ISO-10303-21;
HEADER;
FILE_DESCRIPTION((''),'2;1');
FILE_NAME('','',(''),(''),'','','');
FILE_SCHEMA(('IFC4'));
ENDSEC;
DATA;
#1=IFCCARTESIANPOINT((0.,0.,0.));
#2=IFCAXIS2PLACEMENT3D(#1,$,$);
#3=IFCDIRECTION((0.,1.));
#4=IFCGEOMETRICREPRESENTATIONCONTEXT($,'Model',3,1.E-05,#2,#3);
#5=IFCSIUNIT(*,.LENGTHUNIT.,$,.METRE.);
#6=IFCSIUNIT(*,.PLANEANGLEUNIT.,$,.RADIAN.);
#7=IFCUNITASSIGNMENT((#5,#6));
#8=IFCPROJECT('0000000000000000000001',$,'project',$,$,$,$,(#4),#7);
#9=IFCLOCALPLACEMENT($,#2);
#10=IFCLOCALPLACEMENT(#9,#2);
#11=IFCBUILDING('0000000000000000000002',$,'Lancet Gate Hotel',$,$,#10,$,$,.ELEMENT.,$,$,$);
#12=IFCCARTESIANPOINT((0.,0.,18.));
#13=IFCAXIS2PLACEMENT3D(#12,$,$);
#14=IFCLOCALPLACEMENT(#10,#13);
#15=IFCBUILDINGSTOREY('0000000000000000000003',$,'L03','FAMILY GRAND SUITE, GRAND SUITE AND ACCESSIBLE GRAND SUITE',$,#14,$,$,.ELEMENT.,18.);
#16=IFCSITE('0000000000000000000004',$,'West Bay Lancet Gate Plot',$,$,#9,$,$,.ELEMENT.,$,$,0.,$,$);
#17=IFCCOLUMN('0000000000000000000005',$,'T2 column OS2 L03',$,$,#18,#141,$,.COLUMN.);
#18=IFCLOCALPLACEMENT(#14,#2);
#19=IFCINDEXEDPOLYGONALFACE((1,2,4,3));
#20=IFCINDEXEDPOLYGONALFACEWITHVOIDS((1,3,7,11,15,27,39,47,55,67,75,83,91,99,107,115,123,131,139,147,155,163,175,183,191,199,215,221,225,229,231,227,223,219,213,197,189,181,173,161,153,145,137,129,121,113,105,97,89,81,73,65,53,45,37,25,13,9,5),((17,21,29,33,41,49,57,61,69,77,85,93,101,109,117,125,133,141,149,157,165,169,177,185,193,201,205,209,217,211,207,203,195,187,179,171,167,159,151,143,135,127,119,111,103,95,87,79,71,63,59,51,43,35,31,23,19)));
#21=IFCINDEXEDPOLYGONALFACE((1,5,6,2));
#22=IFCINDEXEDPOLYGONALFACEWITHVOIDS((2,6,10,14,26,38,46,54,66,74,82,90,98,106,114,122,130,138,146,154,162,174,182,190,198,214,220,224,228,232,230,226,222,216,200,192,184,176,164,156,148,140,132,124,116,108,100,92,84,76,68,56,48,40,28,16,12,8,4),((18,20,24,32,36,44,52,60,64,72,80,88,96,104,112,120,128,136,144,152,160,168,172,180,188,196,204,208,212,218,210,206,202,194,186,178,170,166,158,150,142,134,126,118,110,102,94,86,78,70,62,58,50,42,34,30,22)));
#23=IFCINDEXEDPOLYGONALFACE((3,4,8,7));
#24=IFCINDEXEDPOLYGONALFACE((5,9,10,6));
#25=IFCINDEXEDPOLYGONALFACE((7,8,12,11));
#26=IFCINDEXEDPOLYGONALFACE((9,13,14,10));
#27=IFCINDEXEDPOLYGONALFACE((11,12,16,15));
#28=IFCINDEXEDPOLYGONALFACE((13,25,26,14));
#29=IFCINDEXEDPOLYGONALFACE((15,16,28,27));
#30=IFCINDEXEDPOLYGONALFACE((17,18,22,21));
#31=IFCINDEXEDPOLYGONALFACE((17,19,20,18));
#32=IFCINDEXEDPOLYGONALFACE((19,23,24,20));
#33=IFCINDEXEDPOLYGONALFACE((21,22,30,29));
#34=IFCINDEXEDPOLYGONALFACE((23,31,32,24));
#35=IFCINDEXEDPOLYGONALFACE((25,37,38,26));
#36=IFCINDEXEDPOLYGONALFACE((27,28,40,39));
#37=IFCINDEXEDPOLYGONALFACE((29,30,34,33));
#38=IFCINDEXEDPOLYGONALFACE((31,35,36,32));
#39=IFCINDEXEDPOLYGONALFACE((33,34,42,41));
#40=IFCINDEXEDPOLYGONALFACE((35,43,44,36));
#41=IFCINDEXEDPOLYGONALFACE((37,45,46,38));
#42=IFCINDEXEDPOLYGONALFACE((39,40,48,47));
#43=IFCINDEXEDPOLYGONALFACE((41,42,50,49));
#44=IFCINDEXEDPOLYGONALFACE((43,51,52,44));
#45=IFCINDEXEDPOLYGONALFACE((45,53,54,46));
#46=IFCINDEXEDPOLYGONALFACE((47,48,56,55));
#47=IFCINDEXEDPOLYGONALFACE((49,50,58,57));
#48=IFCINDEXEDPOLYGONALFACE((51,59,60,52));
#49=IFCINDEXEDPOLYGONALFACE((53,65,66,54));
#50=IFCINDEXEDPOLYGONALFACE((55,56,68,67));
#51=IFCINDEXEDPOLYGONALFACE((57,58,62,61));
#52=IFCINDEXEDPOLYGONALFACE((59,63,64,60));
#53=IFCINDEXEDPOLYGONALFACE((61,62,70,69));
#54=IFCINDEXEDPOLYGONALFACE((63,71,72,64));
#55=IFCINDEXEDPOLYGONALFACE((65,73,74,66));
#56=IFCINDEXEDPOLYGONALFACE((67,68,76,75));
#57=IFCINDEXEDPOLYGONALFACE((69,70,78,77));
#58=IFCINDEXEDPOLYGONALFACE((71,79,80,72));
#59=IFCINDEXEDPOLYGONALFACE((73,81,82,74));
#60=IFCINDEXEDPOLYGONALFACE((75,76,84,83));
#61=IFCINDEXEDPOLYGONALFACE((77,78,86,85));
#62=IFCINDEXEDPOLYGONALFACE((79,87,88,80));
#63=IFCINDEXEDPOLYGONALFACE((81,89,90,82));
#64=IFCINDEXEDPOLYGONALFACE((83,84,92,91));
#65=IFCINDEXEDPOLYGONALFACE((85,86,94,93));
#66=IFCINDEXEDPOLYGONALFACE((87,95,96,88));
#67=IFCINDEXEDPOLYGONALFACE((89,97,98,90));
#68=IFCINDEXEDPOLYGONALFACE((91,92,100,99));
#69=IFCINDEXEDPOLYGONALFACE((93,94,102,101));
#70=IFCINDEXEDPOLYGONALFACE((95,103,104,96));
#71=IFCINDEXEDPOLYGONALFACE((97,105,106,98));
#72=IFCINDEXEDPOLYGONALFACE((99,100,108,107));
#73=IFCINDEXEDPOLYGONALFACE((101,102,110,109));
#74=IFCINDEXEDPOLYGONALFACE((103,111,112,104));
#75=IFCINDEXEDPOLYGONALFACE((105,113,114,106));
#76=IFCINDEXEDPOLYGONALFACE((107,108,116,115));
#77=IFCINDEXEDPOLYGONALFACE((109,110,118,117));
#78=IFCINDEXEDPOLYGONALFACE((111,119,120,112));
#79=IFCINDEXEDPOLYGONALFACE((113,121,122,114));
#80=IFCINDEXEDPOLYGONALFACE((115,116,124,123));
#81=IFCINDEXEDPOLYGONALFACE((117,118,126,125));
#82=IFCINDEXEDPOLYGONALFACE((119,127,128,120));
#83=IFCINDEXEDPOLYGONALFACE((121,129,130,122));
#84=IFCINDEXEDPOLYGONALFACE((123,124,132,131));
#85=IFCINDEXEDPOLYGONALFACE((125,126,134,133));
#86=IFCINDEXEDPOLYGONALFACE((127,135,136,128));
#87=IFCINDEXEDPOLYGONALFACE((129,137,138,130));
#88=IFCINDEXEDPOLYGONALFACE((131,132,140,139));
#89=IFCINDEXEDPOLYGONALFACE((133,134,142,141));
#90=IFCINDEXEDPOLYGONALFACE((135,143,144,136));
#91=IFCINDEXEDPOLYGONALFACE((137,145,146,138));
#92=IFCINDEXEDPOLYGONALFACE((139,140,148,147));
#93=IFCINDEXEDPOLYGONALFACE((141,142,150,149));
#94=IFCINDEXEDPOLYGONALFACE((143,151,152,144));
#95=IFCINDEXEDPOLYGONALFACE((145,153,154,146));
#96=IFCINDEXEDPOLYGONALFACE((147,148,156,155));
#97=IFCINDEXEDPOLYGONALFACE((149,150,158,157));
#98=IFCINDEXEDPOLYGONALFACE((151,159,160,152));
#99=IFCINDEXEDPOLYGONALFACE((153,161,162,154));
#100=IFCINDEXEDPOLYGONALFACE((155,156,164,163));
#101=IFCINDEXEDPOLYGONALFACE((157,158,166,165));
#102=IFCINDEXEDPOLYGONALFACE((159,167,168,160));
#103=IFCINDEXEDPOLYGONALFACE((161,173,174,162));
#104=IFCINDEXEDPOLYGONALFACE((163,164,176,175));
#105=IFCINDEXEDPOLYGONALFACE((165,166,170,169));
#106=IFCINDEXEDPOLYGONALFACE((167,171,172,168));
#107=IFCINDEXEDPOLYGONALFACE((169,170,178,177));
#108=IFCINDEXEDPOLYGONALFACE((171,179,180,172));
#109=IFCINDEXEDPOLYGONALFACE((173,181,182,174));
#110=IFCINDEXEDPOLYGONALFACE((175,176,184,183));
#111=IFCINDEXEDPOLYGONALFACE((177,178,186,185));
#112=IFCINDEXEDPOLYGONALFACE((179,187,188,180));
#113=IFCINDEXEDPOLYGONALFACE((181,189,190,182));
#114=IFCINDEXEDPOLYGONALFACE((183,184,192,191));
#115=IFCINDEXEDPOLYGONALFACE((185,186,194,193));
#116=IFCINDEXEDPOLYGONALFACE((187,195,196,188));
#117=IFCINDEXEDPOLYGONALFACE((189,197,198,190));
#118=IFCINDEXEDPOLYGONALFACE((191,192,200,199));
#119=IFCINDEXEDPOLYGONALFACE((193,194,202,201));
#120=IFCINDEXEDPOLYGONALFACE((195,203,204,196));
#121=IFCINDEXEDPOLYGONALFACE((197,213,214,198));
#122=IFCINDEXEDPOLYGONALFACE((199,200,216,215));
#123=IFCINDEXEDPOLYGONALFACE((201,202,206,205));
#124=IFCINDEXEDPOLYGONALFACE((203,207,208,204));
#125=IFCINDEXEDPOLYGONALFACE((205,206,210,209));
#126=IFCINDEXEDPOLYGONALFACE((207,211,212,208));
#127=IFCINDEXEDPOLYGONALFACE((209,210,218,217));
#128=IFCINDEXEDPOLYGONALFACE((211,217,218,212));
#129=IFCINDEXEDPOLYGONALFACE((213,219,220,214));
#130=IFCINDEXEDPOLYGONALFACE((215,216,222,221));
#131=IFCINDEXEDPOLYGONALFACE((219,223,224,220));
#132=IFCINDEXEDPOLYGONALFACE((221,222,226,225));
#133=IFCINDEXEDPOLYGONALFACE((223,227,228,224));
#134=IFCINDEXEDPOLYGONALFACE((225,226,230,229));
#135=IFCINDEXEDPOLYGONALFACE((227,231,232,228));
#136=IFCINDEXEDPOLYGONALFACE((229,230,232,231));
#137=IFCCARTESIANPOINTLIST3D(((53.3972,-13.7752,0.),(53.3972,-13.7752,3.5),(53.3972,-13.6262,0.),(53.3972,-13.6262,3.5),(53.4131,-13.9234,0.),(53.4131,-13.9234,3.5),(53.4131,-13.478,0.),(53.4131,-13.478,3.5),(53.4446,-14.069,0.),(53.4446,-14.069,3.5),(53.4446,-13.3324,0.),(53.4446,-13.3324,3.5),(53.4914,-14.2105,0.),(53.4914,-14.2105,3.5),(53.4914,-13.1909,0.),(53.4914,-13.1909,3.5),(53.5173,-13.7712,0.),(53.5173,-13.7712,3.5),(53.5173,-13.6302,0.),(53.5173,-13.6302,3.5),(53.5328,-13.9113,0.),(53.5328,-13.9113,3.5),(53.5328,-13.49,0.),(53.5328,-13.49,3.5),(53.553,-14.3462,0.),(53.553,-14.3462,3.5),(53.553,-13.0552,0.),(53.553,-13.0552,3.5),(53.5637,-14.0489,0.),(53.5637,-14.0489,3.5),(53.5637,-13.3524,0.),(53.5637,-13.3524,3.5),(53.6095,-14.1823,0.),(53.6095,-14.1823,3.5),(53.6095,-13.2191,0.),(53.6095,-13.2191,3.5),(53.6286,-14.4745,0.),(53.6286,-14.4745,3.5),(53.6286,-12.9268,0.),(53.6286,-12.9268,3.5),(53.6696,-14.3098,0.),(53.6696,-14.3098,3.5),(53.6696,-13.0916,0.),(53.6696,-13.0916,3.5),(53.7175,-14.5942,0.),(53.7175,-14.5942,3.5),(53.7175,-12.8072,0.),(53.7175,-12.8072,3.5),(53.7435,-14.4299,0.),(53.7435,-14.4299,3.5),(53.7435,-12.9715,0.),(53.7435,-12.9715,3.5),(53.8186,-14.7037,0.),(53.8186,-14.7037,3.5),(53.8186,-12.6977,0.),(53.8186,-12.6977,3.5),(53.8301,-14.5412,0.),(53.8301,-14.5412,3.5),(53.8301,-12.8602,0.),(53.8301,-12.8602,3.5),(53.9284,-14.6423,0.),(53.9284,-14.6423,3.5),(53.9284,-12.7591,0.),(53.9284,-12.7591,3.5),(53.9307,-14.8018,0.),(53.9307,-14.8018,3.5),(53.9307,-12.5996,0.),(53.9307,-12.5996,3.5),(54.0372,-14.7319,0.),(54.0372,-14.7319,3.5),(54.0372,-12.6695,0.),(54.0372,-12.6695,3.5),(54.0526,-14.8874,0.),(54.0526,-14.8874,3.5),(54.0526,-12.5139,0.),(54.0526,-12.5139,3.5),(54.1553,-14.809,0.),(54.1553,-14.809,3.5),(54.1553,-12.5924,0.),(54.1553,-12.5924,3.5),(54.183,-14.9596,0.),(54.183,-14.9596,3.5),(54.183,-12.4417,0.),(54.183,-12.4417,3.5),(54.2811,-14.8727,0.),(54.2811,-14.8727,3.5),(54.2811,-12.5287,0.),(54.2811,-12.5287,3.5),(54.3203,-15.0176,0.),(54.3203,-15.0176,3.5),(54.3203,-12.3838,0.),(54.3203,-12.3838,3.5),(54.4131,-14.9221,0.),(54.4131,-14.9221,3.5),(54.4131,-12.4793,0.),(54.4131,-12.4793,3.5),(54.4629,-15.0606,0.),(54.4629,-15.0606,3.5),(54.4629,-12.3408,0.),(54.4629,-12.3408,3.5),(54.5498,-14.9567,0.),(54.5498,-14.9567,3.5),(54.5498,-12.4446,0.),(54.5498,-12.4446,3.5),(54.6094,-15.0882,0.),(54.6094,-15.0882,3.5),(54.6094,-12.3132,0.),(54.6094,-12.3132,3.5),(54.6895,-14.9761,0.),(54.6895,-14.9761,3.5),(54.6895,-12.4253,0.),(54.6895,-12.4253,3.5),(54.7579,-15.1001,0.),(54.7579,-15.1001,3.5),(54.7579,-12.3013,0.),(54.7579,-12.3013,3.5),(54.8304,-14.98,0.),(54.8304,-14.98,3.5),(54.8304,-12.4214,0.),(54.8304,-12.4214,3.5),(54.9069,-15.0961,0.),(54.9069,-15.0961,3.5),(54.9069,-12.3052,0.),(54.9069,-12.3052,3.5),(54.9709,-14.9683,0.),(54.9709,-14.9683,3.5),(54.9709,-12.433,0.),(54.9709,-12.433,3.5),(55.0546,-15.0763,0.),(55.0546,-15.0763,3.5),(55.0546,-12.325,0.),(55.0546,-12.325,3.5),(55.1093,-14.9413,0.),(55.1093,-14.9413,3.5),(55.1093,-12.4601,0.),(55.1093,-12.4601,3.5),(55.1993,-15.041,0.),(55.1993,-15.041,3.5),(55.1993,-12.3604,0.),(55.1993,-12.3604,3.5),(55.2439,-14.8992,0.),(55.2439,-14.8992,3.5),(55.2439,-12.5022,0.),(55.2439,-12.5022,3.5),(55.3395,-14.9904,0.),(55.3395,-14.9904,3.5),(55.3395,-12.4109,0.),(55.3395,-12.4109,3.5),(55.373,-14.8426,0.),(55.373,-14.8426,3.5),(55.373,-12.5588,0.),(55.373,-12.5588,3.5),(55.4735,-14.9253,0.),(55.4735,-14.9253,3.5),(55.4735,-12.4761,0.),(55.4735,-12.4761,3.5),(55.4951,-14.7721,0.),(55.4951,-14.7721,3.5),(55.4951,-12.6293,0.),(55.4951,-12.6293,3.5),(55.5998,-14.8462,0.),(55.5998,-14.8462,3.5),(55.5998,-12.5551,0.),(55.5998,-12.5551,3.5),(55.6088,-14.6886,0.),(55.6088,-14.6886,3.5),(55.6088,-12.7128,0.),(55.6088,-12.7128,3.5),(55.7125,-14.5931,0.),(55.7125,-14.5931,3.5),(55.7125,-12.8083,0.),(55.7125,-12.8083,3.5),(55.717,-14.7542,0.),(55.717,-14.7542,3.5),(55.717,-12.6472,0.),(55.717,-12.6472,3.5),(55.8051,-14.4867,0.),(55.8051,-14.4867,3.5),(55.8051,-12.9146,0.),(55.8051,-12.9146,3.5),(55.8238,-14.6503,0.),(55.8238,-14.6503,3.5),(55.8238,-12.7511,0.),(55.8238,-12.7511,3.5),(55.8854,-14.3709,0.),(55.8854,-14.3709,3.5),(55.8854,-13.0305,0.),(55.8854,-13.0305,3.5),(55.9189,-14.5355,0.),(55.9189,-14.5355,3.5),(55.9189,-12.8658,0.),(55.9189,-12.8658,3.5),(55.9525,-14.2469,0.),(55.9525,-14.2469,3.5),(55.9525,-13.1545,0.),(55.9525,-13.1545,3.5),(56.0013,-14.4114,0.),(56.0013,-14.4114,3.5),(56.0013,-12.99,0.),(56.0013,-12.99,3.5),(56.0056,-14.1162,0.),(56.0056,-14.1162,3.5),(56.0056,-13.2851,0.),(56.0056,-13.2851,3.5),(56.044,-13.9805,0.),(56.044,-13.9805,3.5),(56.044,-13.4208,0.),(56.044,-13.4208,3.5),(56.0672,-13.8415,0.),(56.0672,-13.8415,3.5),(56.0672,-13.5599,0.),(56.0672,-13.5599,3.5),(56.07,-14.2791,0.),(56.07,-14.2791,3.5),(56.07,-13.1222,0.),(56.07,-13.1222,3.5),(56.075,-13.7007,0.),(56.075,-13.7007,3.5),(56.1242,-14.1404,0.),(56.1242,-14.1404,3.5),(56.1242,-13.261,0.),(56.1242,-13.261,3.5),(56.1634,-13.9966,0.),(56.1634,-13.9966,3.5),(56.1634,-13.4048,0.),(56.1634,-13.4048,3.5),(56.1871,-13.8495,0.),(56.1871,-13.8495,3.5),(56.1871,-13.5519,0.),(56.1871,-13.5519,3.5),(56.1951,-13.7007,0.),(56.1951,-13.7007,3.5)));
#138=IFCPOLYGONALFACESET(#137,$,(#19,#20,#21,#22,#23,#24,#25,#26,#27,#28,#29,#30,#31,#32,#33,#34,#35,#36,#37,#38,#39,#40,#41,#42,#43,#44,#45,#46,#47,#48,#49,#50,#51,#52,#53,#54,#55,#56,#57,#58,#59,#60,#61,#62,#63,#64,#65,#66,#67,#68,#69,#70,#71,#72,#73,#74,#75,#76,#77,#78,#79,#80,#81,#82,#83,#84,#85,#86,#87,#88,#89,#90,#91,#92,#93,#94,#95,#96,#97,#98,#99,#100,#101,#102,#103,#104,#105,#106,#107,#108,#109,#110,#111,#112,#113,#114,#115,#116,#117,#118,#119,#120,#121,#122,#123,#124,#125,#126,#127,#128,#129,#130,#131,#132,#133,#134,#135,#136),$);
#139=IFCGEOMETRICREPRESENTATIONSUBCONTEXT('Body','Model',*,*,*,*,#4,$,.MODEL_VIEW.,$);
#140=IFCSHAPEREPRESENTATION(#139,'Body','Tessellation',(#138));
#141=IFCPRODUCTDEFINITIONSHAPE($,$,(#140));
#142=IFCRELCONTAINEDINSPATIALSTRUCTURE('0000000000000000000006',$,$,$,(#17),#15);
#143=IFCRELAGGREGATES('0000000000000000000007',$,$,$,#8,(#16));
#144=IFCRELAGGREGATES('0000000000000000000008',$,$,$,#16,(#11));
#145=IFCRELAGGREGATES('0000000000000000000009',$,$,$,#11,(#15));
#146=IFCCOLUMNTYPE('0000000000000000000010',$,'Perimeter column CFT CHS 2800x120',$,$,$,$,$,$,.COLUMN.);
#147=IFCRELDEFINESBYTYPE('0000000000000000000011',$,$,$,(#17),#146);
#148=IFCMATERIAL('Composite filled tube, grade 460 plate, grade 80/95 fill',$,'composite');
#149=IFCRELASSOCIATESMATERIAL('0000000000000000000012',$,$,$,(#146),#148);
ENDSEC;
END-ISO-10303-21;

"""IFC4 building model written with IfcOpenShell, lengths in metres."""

from ifc_helpers import new_model, si_unit, direction, frame, origin, origin_2d, place, context, subcontext, project, spatial, hollow_circle, extrude, material, material_profile, profile_set, type_object, element, save


model = new_model("IFC4")

# Units and contexts
model_context = context("Model", 3, precision=1e-05, world=origin(), true_north=direction((0.0, 1.0)))
body_context = subcontext(model_context, "Body", "Model", "MODEL_VIEW")
ifc_project = project(units=[si_unit("LENGTHUNIT", "METRE"), si_unit("PLANEANGLEUNIT", "RADIAN")], contexts=[model_context])

# Site, building, storey
site_placement = place(None, origin())
site = spatial("IfcSite", under=ifc_project, at=site_placement, Name="West Bay Lancet Gate Plot", CompositionType="ELEMENT", RefElevation=0.0)
building_placement = place(site_placement, origin())
building = spatial("IfcBuilding", under=site, at=building_placement, Name="Lancet Gate Hotel", CompositionType="ELEMENT")
storey_placement = place(building_placement, frame((0.0, 0.0, 18.0)))
storey = spatial("IfcBuildingStorey", under=building, at=storey_placement, Name="L03", Description="FAMILY GRAND SUITE, GRAND SUITE AND ACCESSIBLE GRAND SUITE", CompositionType="ELEMENT", Elevation=18.0)

# Column
ifc_material_1 = material(Name="Composite filled tube, grade 460 plate, grade 80/95 fill", Category="composite")
ifc_material_profile_1 = material_profile(ifc_material_1, hollow_circle(Radius=1.3999, WallThickness=0.1201, at=origin_2d()), Name="CHS 2800x120")
ifc_profile_set_1 = profile_set([ifc_material_profile_1], Name="Composite filled tube, grade 460 plate, grade 80/95 fill")
column_type = type_object("IfcColumnType", Name="Perimeter column CFT CHS 2800x120", PredefinedType="COLUMN", material=ifc_profile_set_1)
for number, where, z_axis, x_axis, name in (
    (1, (54.7952, -13.7007, 0.0), (0.0, 0.0, 1.0), (1.0, 0.0, 0.0), "T2 column OS2 L03"),
):
    element("IfcColumn", number, at=place(storey_placement, frame(where, z_axis=z_axis, x_axis=x_axis)), inside=storey, type_object=column_type, Name=name, PredefinedType="COLUMN", context=body_context, shape_type="SweptSolid", body=[
        extrude(hollow_circle(Radius=1.3999, WallThickness=0.1201, at=origin_2d()), origin(), (0.0, 0.0, 1.0), 3.5),
    ])

save(model, "model.ifc")
